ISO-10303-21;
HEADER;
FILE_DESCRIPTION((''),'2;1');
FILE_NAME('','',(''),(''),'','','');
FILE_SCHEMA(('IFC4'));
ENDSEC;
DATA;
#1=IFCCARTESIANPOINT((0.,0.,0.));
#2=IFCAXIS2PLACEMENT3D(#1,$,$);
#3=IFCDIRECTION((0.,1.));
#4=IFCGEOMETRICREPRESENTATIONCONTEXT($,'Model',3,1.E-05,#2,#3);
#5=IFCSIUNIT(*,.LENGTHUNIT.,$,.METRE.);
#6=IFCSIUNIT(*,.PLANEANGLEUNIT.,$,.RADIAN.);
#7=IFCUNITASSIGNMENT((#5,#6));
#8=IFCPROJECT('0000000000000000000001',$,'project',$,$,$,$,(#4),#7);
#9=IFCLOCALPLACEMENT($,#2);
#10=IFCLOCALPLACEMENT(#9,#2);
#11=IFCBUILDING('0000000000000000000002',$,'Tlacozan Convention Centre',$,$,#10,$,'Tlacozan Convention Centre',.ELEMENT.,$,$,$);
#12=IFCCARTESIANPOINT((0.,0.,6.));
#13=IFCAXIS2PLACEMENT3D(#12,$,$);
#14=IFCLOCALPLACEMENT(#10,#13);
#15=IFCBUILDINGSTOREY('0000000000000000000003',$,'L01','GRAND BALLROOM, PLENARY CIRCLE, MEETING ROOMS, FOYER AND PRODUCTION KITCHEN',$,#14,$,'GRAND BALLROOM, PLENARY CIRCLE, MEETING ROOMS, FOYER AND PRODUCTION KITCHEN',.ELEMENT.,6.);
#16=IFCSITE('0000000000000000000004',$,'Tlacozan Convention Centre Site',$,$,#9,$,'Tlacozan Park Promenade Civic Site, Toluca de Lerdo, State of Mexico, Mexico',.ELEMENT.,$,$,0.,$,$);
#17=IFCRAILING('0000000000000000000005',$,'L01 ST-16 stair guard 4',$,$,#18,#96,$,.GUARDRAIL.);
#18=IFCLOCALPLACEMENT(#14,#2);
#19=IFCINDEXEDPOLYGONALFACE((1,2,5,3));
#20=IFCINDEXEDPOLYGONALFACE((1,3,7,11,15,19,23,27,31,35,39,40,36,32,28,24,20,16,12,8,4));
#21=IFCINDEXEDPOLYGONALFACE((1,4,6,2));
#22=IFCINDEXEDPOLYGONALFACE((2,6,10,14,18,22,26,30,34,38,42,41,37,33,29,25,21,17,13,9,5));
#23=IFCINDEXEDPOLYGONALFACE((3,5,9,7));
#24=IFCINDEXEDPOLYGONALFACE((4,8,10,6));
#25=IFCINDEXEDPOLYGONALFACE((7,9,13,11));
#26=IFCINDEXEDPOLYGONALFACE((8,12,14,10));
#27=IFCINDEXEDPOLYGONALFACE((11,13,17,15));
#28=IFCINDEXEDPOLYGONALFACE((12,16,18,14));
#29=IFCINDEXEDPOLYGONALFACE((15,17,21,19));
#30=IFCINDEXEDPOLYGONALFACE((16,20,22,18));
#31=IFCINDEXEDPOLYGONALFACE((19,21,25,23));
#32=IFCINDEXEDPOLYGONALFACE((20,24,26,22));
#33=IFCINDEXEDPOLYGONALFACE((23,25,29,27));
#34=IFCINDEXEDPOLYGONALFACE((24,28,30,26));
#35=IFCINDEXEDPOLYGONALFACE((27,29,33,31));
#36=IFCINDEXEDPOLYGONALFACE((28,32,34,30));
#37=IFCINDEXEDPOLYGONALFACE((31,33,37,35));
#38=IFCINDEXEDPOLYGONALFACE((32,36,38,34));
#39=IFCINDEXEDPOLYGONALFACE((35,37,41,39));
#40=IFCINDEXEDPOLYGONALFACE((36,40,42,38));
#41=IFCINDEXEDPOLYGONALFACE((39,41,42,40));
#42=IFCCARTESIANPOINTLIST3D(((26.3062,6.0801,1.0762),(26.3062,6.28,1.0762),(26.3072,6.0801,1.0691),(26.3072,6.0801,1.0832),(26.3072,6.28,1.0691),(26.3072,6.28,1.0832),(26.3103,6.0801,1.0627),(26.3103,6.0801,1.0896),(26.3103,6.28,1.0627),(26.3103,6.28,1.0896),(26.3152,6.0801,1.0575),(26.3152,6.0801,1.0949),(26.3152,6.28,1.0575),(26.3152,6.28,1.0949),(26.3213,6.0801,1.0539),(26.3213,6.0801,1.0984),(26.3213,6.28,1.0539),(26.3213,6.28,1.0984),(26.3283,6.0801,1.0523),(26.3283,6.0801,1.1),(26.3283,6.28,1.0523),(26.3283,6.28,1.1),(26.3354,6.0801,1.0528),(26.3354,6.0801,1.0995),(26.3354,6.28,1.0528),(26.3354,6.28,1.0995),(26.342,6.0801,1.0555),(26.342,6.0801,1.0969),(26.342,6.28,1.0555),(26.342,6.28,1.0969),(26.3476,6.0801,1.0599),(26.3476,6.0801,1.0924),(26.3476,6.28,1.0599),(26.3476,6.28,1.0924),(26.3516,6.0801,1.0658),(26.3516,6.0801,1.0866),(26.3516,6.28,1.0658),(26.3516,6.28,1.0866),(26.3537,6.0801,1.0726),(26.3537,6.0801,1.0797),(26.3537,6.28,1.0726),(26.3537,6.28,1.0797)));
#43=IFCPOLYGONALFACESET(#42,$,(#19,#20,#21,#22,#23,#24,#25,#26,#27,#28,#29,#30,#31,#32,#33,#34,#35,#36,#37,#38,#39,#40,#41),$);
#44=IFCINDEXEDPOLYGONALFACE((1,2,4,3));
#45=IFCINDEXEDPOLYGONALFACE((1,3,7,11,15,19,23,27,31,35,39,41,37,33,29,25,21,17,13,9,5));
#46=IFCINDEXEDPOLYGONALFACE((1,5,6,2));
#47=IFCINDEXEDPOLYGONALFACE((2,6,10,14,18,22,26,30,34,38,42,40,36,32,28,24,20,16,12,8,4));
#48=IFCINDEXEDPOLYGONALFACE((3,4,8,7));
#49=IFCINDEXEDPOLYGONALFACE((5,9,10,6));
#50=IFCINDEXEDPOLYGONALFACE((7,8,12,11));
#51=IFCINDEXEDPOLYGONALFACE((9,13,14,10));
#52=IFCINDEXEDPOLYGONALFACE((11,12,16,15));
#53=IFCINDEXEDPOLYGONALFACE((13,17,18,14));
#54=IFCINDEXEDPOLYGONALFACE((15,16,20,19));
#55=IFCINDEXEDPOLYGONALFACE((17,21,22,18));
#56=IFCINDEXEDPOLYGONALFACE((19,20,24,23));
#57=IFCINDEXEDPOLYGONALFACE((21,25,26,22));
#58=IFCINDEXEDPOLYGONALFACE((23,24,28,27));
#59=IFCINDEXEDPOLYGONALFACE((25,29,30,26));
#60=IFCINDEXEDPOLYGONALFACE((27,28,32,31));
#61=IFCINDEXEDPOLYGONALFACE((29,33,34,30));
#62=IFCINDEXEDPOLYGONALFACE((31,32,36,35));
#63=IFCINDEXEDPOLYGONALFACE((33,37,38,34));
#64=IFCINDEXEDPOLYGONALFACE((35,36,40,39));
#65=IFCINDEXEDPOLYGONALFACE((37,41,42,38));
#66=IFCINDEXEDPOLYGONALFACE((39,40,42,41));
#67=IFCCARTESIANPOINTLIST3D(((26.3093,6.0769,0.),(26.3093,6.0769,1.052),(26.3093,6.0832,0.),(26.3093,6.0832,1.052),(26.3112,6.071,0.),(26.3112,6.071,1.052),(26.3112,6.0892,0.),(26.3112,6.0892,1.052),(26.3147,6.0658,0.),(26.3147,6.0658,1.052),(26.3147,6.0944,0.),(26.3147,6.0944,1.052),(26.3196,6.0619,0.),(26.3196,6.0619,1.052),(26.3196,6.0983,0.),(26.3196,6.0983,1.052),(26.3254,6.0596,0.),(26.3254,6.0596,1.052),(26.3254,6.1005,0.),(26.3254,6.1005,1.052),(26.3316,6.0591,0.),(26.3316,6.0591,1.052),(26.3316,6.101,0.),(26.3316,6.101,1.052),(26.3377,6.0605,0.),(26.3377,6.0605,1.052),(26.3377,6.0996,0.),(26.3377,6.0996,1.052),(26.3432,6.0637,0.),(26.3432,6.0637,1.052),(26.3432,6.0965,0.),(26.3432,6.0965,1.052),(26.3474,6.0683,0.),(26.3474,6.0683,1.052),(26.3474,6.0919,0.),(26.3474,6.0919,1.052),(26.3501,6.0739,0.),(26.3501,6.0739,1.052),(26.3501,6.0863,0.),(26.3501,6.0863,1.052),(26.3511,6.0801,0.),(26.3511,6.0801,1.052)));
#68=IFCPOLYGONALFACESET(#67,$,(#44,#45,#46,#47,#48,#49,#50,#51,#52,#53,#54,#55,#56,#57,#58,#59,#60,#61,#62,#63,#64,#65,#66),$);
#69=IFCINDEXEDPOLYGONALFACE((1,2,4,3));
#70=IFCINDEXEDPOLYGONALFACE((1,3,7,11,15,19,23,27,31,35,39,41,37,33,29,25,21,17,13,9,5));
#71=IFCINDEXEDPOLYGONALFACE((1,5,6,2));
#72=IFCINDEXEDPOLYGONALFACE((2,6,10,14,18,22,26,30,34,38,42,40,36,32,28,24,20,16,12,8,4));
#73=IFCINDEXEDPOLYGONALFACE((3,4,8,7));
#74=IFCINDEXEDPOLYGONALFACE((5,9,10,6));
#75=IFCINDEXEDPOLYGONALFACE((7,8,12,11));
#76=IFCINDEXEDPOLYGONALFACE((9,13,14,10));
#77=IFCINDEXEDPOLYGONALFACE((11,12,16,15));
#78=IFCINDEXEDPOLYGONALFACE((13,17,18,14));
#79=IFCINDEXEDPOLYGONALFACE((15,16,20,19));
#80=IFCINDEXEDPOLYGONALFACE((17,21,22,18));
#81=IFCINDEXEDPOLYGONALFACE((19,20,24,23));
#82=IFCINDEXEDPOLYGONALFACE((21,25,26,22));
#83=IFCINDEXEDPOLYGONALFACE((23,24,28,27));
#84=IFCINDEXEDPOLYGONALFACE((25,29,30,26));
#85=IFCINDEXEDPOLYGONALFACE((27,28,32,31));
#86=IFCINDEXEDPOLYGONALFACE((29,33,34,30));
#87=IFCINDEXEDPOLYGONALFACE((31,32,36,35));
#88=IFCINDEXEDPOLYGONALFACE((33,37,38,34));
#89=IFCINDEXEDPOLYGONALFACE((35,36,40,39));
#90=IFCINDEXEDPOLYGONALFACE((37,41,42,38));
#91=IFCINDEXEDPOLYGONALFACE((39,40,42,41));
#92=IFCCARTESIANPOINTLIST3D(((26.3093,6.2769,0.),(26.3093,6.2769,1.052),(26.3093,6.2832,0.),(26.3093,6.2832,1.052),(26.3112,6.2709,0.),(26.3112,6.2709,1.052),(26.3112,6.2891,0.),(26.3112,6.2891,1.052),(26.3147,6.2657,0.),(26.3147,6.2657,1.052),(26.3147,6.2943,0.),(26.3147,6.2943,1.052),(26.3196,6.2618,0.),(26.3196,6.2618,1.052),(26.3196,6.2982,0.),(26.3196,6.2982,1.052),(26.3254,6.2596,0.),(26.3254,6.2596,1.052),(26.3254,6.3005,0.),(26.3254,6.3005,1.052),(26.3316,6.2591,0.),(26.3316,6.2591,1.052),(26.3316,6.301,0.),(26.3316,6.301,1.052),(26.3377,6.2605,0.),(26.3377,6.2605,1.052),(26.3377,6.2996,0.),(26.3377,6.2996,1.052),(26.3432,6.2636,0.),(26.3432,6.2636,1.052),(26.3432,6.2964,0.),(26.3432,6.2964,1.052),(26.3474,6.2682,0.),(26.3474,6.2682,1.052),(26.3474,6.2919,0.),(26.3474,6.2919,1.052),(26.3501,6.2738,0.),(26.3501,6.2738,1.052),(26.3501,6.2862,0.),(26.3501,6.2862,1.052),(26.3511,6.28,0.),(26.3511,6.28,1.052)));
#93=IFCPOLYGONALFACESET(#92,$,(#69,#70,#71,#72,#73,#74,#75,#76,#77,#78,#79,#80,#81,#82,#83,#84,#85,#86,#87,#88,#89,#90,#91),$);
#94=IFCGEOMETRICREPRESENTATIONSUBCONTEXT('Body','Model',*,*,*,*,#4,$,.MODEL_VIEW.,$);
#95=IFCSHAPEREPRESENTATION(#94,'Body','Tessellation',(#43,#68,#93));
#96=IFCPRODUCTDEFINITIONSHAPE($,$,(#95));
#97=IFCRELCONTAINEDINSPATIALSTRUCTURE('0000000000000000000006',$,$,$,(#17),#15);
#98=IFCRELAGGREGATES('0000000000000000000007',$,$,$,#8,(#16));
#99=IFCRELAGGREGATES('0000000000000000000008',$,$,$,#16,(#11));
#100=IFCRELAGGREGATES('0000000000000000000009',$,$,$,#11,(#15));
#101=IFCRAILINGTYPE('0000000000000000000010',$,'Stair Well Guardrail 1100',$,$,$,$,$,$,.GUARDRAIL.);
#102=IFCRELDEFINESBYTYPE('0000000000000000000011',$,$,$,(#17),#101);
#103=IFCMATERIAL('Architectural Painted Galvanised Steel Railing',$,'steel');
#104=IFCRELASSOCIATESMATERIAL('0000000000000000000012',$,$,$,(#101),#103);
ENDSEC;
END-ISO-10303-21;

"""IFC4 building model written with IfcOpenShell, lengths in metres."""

from ifc_helpers import new_model, si_unit, direction, frame, origin, origin_2d, place, context, subcontext, project, spatial, circle, extrude, material, type_object, element, save


model = new_model("IFC4")

# Units and contexts
model_context = context("Model", 3, precision=1e-05, world=origin(), true_north=direction((0.0, 1.0)))
body_context = subcontext(model_context, "Body", "Model", "MODEL_VIEW")
ifc_project = project(units=[si_unit("LENGTHUNIT", "METRE"), si_unit("PLANEANGLEUNIT", "RADIAN")], contexts=[model_context])

# Site, building, storey
site_placement = place(None, origin())
site = spatial("IfcSite", under=ifc_project, at=site_placement, Name="Tlacozan Convention Centre Site", LongName="Tlacozan Park Promenade Civic Site, Toluca de Lerdo, State of Mexico, Mexico", CompositionType="ELEMENT", RefElevation=0.0)
building_placement = place(site_placement, origin())
building = spatial("IfcBuilding", under=site, at=building_placement, Name="Tlacozan Convention Centre", LongName="Tlacozan Convention Centre", CompositionType="ELEMENT")
storey_placement = place(building_placement, frame((0.0, 0.0, 6.0)))
storey = spatial("IfcBuildingStorey", under=building, at=storey_placement, Name="L01", Description="GRAND BALLROOM, PLENARY CIRCLE, MEETING ROOMS, FOYER AND PRODUCTION KITCHEN", LongName="GRAND BALLROOM, PLENARY CIRCLE, MEETING ROOMS, FOYER AND PRODUCTION KITCHEN", CompositionType="ELEMENT", Elevation=6.0)

# Railing
ifc_material_1 = material(Name="Architectural Painted Galvanised Steel Railing", Category="steel")
railing_type_1 = type_object("IfcRailingType", Name="Stair Well Guardrail 1100", PredefinedType="GUARDRAIL", material=ifc_material_1)
railing_1_placement = place(storey_placement, frame((26.3301, 6.0801, 0.0)))
element("IfcRailing", 1, at=railing_1_placement, inside=storey, type_object=railing_type_1, Name="L01 ST-16 stair guard 4", PredefinedType="GUARDRAIL", context=body_context, shape_type="SweptSolid", body=[
    extrude(circle(Radius=0.0239, at=origin_2d()), frame((0.0, 0.0, 1.0762), z_axis=(0.0, 1.0, 0.0), x_axis=(-1.0, 0.0, 0.0)), (0.0, 0.0, 1.0), 0.2),
    extrude(circle(Radius=0.021, at=origin_2d()), origin(), (0.0, 0.0, 1.0), 1.052),
    extrude(circle(Radius=0.021, at=origin_2d()), frame((0.0, 0.2, 0.0)), (0.0, 0.0, 1.0), 1.052),
])

save(model, "model.ifc")
